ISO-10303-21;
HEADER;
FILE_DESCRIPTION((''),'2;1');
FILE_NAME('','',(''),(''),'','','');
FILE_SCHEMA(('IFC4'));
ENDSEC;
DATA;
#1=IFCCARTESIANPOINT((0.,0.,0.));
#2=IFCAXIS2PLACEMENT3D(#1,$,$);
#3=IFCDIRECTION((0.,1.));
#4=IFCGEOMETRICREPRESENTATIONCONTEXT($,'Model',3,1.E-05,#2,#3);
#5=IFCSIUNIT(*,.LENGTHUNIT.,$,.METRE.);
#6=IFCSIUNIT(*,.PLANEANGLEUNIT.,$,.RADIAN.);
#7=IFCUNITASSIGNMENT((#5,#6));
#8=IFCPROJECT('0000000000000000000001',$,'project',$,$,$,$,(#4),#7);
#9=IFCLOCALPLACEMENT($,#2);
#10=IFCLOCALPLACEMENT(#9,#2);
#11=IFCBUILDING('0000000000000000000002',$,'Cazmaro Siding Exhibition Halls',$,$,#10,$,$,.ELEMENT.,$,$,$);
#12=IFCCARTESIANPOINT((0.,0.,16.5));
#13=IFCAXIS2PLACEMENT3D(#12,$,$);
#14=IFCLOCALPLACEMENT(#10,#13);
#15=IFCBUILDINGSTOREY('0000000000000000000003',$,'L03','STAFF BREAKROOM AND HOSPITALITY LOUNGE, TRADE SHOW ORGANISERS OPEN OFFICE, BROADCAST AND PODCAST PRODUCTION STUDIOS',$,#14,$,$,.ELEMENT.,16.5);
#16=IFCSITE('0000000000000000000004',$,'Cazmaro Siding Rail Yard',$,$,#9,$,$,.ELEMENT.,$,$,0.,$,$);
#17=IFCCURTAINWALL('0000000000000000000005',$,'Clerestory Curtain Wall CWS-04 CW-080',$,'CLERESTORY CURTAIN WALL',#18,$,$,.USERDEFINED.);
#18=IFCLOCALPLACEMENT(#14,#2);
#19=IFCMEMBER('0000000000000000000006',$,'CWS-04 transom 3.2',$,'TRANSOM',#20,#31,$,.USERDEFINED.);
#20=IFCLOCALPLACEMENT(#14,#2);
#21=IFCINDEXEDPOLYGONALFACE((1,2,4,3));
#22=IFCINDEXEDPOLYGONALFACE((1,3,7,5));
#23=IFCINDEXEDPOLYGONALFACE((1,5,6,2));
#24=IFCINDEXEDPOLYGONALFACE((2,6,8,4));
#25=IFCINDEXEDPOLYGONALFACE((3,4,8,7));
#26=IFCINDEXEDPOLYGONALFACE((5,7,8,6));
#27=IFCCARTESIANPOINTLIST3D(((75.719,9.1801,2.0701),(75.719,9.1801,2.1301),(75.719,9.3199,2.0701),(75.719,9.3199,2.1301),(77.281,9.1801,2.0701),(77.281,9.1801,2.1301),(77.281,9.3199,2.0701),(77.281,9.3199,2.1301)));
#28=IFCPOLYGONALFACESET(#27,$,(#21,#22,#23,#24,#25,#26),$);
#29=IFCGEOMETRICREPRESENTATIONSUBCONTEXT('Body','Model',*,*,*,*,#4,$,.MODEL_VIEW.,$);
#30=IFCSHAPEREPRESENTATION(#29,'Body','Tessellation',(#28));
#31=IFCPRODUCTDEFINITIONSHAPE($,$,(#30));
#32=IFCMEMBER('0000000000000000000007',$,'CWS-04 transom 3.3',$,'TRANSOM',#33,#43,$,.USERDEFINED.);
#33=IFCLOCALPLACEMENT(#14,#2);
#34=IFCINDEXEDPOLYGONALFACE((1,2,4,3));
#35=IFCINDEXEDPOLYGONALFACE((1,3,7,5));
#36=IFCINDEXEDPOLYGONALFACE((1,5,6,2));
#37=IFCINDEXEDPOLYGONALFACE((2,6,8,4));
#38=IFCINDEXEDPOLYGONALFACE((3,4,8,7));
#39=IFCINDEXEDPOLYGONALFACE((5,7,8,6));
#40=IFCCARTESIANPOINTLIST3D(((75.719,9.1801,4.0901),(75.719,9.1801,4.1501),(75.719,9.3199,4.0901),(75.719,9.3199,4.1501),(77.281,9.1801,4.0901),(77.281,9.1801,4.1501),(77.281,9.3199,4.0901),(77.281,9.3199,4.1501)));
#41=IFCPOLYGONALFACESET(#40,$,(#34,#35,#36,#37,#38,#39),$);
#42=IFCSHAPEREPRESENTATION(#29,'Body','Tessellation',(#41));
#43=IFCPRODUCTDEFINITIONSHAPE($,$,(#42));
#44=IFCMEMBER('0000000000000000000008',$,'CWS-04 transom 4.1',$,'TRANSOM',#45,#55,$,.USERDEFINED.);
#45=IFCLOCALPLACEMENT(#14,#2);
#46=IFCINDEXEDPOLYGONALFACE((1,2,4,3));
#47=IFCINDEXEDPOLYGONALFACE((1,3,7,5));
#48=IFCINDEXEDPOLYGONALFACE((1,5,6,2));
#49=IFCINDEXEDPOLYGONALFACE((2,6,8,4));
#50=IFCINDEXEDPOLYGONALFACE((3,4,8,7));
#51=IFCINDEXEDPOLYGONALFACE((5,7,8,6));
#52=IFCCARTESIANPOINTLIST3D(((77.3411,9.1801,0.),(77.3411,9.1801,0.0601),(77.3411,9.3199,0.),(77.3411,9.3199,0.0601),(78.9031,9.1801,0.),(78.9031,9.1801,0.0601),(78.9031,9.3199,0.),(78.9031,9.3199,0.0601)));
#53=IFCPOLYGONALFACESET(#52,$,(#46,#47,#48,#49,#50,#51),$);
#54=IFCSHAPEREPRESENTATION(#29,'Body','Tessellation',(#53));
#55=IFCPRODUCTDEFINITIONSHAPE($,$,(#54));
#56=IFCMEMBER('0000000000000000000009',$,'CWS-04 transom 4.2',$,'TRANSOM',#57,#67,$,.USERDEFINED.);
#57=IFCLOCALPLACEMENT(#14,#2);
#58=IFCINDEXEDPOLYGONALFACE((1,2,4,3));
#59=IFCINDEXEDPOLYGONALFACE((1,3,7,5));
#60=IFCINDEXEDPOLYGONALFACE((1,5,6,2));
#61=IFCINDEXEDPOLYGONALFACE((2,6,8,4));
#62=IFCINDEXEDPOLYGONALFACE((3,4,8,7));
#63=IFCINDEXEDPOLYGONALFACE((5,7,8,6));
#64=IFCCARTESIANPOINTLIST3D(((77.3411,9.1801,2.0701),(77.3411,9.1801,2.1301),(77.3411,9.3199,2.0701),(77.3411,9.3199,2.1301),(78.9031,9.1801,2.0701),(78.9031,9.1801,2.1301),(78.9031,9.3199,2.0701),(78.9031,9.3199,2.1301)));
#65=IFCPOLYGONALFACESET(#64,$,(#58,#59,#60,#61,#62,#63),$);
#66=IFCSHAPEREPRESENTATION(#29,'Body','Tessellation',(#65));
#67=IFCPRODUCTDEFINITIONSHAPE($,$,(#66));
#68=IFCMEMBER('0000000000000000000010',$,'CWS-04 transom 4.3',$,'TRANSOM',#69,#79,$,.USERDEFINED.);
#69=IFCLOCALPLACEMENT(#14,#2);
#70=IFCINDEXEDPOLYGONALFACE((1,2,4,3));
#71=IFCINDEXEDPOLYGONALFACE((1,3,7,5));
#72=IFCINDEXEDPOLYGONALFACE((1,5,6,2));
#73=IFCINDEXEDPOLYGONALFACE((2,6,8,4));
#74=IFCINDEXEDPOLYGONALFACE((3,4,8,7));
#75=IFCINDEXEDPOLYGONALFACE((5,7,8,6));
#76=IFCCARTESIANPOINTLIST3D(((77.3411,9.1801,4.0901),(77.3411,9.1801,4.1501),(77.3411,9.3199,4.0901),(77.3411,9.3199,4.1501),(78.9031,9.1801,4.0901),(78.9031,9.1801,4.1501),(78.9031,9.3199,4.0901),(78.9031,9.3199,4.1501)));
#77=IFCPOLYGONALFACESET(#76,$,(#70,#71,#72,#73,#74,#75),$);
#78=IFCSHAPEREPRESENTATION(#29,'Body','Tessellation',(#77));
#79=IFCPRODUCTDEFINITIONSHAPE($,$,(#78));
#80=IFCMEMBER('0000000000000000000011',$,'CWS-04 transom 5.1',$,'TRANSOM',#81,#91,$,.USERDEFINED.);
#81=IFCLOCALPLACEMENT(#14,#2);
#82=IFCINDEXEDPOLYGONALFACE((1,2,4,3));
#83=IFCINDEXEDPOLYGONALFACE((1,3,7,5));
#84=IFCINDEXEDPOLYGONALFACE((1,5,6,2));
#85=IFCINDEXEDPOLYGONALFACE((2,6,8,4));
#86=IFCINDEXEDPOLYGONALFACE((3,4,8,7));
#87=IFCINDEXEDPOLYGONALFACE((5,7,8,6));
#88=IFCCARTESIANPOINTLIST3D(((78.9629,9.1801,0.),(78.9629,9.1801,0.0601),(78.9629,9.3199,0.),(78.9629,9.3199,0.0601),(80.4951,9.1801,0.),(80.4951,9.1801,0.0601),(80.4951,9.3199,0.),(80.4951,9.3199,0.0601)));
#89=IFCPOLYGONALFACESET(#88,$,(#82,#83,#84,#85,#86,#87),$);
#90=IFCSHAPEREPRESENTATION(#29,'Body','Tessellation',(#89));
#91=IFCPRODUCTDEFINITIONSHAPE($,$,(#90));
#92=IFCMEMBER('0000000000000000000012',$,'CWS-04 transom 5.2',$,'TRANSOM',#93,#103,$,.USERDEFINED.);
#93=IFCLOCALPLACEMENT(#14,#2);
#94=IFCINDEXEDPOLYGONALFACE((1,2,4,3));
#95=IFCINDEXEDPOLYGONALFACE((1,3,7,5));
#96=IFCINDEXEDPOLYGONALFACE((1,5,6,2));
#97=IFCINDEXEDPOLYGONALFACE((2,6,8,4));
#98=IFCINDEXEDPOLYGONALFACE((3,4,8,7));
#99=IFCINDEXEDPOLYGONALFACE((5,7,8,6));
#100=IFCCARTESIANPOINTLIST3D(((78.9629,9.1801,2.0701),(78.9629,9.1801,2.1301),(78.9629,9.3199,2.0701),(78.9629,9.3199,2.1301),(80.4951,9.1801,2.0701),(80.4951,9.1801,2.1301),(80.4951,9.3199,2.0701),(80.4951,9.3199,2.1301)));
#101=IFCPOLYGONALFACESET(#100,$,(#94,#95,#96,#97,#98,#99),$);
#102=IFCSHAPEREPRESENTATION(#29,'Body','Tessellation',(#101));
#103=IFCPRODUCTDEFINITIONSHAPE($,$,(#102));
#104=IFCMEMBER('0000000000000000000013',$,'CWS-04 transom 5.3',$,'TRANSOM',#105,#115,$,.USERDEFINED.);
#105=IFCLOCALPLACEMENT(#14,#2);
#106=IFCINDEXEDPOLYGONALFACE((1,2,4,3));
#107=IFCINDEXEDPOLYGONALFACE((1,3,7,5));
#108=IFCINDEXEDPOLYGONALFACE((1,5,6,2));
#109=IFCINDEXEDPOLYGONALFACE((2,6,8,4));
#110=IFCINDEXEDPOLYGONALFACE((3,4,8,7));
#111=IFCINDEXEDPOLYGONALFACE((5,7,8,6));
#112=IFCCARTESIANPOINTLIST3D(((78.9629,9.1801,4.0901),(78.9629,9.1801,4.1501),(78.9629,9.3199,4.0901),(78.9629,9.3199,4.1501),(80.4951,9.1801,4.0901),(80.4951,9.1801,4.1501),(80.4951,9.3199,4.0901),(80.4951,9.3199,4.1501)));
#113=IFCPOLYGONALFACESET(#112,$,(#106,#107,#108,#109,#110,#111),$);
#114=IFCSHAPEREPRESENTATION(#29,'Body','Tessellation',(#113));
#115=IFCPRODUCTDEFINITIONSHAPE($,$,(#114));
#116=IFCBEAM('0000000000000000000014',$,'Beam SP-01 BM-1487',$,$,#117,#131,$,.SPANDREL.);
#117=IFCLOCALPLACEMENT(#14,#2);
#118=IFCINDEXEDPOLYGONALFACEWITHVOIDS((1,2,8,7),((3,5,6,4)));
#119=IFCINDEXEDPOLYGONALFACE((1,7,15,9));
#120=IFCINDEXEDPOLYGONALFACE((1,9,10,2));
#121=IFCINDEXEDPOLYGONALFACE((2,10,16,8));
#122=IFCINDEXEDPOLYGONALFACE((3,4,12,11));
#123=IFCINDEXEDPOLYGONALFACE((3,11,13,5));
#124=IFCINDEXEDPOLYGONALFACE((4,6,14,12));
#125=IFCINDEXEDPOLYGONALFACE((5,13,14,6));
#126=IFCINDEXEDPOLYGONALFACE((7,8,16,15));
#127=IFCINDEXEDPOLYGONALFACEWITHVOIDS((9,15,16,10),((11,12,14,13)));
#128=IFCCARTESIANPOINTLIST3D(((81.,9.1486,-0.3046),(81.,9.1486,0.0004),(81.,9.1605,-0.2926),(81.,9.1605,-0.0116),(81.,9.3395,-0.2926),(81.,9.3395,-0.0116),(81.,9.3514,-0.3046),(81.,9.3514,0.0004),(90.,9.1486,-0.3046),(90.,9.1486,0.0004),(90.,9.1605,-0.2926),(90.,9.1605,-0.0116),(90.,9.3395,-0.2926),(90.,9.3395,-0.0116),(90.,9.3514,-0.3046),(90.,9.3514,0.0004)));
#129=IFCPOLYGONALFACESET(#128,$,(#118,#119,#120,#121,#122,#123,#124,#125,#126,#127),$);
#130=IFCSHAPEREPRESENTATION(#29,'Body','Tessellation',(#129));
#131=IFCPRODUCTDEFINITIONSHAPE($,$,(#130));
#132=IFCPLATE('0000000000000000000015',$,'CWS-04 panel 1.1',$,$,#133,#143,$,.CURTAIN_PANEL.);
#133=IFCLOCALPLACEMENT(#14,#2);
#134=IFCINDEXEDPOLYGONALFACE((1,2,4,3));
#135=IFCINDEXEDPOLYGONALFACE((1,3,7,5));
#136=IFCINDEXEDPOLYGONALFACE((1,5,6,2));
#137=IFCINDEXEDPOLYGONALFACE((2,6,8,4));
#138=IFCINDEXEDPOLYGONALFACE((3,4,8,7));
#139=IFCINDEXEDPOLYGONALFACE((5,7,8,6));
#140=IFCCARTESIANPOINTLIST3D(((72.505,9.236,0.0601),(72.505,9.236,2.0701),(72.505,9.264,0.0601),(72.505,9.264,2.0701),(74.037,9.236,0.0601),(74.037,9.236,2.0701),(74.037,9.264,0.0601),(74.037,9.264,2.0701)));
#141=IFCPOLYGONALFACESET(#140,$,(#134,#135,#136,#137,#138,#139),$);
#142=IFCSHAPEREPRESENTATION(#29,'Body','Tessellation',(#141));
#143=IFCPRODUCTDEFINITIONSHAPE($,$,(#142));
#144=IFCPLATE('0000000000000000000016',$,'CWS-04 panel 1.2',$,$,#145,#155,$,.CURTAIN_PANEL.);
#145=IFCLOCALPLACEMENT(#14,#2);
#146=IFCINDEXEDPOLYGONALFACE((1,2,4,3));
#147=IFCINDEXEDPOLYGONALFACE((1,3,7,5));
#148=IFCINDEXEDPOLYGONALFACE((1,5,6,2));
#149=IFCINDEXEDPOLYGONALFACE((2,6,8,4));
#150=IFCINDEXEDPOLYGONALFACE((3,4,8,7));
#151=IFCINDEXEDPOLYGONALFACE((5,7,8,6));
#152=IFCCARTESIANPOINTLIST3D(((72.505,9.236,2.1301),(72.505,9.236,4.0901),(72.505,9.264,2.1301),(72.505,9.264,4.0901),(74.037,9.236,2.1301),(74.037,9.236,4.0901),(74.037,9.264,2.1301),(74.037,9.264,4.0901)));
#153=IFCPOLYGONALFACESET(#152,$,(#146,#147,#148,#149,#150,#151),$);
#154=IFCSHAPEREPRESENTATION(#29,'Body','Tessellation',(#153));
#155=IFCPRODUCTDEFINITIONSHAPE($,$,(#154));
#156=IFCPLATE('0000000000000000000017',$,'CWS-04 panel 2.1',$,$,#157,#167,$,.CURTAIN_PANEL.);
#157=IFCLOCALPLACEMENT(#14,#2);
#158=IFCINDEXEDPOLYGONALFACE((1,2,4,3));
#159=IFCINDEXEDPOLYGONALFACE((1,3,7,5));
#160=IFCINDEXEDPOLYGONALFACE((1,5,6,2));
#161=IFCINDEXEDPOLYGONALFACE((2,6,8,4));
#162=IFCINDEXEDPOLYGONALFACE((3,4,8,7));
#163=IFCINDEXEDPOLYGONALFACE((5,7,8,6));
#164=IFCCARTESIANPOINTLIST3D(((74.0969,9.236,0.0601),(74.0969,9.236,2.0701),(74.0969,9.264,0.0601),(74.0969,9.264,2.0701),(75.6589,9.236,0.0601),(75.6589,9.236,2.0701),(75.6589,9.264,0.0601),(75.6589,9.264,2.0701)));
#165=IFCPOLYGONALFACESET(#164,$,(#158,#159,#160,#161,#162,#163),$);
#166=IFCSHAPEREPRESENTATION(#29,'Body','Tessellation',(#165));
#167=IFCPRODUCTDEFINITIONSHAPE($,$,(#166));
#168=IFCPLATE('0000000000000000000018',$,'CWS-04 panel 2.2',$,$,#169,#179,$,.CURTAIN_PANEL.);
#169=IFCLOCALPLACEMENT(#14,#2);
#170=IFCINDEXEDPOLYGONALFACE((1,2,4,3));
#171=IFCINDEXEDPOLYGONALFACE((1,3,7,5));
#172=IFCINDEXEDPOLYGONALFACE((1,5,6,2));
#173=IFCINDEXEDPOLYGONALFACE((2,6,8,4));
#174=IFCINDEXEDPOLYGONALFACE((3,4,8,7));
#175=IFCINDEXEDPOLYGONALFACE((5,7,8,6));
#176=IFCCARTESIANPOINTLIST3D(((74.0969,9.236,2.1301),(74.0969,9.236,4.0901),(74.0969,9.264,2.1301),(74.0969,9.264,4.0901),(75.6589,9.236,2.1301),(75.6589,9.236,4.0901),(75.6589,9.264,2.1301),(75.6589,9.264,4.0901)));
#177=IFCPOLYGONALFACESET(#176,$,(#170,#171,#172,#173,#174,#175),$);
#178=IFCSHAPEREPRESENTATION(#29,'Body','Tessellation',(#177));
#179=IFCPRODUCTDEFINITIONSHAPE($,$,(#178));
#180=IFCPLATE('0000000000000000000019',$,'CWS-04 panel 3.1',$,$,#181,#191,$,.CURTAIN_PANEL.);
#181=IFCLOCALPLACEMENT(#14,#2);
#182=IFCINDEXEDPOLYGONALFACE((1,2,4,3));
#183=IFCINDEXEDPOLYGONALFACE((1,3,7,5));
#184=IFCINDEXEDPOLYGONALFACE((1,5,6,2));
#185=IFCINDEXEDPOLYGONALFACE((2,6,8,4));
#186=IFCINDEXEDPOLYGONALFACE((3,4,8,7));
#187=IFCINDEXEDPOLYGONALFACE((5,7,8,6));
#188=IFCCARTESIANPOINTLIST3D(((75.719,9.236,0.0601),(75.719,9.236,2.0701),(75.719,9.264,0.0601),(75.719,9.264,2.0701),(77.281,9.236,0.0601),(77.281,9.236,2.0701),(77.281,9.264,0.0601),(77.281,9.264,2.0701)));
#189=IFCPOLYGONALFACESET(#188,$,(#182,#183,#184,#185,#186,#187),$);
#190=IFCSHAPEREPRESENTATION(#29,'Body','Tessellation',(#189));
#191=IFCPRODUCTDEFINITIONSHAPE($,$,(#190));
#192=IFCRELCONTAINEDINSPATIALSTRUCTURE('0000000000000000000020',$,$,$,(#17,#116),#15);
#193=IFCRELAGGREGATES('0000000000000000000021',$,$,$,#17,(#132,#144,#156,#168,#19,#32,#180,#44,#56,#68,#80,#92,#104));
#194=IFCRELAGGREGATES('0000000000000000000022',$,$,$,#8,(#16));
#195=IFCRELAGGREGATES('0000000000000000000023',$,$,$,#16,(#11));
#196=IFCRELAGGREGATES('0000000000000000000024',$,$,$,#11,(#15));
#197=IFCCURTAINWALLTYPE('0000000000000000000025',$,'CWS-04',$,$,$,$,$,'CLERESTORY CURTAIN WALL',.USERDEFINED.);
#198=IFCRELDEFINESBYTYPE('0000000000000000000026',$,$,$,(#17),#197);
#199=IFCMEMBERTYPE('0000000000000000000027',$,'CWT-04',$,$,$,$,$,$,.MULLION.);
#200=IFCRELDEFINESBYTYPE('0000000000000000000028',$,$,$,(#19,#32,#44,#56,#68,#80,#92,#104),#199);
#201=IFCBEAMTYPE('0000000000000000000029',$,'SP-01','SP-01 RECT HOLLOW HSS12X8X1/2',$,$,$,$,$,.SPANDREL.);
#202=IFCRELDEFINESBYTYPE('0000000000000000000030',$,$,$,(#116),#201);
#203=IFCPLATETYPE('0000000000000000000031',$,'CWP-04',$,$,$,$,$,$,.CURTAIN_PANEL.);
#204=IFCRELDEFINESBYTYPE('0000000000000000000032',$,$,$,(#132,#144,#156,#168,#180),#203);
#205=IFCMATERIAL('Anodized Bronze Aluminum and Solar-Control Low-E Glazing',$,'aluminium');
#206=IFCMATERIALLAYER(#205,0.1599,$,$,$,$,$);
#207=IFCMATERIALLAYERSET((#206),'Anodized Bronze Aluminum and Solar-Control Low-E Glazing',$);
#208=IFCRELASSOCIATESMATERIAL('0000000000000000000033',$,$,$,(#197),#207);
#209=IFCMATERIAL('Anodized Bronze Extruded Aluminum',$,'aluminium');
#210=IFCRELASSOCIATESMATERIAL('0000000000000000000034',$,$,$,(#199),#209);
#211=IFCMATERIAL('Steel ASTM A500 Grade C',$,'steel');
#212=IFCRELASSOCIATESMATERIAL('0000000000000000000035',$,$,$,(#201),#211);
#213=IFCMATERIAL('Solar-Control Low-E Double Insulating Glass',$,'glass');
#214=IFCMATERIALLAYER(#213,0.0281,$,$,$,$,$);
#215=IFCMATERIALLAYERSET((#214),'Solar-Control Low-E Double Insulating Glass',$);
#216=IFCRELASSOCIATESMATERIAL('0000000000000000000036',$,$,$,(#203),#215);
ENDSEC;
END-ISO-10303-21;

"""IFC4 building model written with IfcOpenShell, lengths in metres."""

from ifc_helpers import new_model, si_unit, direction, frame, origin, origin_2d, place, context, subcontext, project, spatial, rectangle, hollow_rectangle, extrude, material, layer, layer_set, material_profile, profile_set, type_object, element, aggregate, save


model = new_model("IFC4")

# Units and contexts
model_context = context("Model", 3, precision=1e-05, world=origin(), true_north=direction((0.0, 1.0)))
body_context = subcontext(model_context, "Body", "Model", "MODEL_VIEW")
ifc_project = project(units=[si_unit("LENGTHUNIT", "METRE"), si_unit("PLANEANGLEUNIT", "RADIAN")], contexts=[model_context])

# Site, building, storey
site_placement = place(None, origin())
site = spatial("IfcSite", under=ifc_project, at=site_placement, Name="Cazmaro Siding Rail Yard", CompositionType="ELEMENT", RefElevation=0.0)
building_placement = place(site_placement, origin())
building = spatial("IfcBuilding", under=site, at=building_placement, Name="Cazmaro Siding Exhibition Halls", CompositionType="ELEMENT")
storey_placement = place(building_placement, frame((0.0, 0.0, 16.5)))
storey = spatial("IfcBuildingStorey", under=building, at=storey_placement, Name="L03", Description="STAFF BREAKROOM AND HOSPITALITY LOUNGE, TRADE SHOW ORGANISERS OPEN OFFICE, BROADCAST AND PODCAST PRODUCTION STUDIOS", CompositionType="ELEMENT", Elevation=16.5)

# Curtain wall, members
ifc_material_1 = material(Name="Anodized Bronze Aluminum and Solar-Control Low-E Glazing", Category="aluminium")
ifc_layer_1 = layer(ifc_material_1, 0.1599)
ifc_layer_set_1 = layer_set([ifc_layer_1], Name="Anodized Bronze Aluminum and Solar-Control Low-E Glazing")
curtain_wall_type = type_object("IfcCurtainWallType", Name="CWS-04", ElementType="CLERESTORY CURTAIN WALL", PredefinedType="USERDEFINED", material=ifc_layer_set_1)
curtain_wall_placement = place(storey_placement, origin())
curtain_wall = element("IfcCurtainWall", 1, at=curtain_wall_placement, inside=storey, type_object=curtain_wall_type, Name="Clerestory Curtain Wall CWS-04 CW-080", ObjectType="CLERESTORY CURTAIN WALL", PredefinedType="USERDEFINED")
ifc_material_2 = material(Name="Anodized Bronze Extruded Aluminum", Category="aluminium")
ifc_material_profile_1 = material_profile(ifc_material_2, rectangle(XDim=0.1399, YDim=0.0601, at=origin_2d()), Name="CWT-04")
ifc_profile_set_1 = profile_set([ifc_material_profile_1], Name="Anodized Bronze Extruded Aluminum")
member_type_1 = type_object("IfcMemberType", Name="CWT-04", PredefinedType="MULLION", material=ifc_profile_set_1)
member_1_placement = place(storey_placement, frame((75.719, 9.25, 2.1001), z_axis=(1.0, 0.0, 0.0), x_axis=(0.0, 1.0, 0.0)))
member_1 = element("IfcMember", 2, at=member_1_placement, type_object=member_type_1, Name="CWS-04 transom 3.2", ObjectType="TRANSOM", PredefinedType="USERDEFINED", context=body_context, shape_type="SweptSolid", body=[
    extrude(rectangle(XDim=0.1399, YDim=0.0601, at=origin_2d()), origin(), (0.0, 0.0, 1.0), 1.562),
])
member_2_placement = place(storey_placement, frame((75.719, 9.25, 4.1201), z_axis=(1.0, 0.0, 0.0), x_axis=(0.0, 1.0, 0.0)))
member_2 = element("IfcMember", 3, at=member_2_placement, type_object=member_type_1, Name="CWS-04 transom 3.3", ObjectType="TRANSOM", PredefinedType="USERDEFINED", context=body_context, shape_type="SweptSolid", body=[
    extrude(rectangle(XDim=0.1399, YDim=0.0601, at=origin_2d()), origin(), (0.0, 0.0, 1.0), 1.562),
])
member_3_placement = place(storey_placement, frame((77.3411, 9.25, 0.03), z_axis=(1.0, 0.0, 0.0), x_axis=(0.0, 1.0, 0.0)))
member_3 = element("IfcMember", 4, at=member_3_placement, type_object=member_type_1, Name="CWS-04 transom 4.1", ObjectType="TRANSOM", PredefinedType="USERDEFINED", context=body_context, shape_type="SweptSolid", body=[
    extrude(rectangle(XDim=0.1399, YDim=0.0601, at=origin_2d()), origin(), (0.0, 0.0, 1.0), 1.562),
])
member_4_placement = place(storey_placement, frame((77.3411, 9.25, 2.1001), z_axis=(1.0, 0.0, 0.0), x_axis=(0.0, 1.0, 0.0)))
member_4 = element("IfcMember", 5, at=member_4_placement, type_object=member_type_1, Name="CWS-04 transom 4.2", ObjectType="TRANSOM", PredefinedType="USERDEFINED", context=body_context, shape_type="SweptSolid", body=[
    extrude(rectangle(XDim=0.1399, YDim=0.0601, at=origin_2d()), origin(), (0.0, 0.0, 1.0), 1.562),
])
member_5_placement = place(storey_placement, frame((77.3411, 9.25, 4.1201), z_axis=(1.0, 0.0, 0.0), x_axis=(0.0, 1.0, 0.0)))
member_5 = element("IfcMember", 6, at=member_5_placement, type_object=member_type_1, Name="CWS-04 transom 4.3", ObjectType="TRANSOM", PredefinedType="USERDEFINED", context=body_context, shape_type="SweptSolid", body=[
    extrude(rectangle(XDim=0.1399, YDim=0.0601, at=origin_2d()), origin(), (0.0, 0.0, 1.0), 1.562),
])
member_6_placement = place(storey_placement, frame((78.9629, 9.25, 0.03), z_axis=(1.0, 0.0, 0.0), x_axis=(0.0, 1.0, 0.0)))
member_6 = element("IfcMember", 7, at=member_6_placement, type_object=member_type_1, Name="CWS-04 transom 5.1", ObjectType="TRANSOM", PredefinedType="USERDEFINED", context=body_context, shape_type="SweptSolid", body=[
    extrude(rectangle(XDim=0.1399, YDim=0.0601, at=origin_2d()), origin(), (0.0, 0.0, 1.0), 1.5322),
])
member_7_placement = place(storey_placement, frame((78.9629, 9.25, 2.1001), z_axis=(1.0, 0.0, 0.0), x_axis=(0.0, 1.0, 0.0)))
member_7 = element("IfcMember", 8, at=member_7_placement, type_object=member_type_1, Name="CWS-04 transom 5.2", ObjectType="TRANSOM", PredefinedType="USERDEFINED", context=body_context, shape_type="SweptSolid", body=[
    extrude(rectangle(XDim=0.1399, YDim=0.0601, at=origin_2d()), origin(), (0.0, 0.0, 1.0), 1.5322),
])
member_8_placement = place(storey_placement, frame((78.9629, 9.25, 4.1201), z_axis=(1.0, 0.0, 0.0), x_axis=(0.0, 1.0, 0.0)))
member_8 = element("IfcMember", 9, at=member_8_placement, type_object=member_type_1, Name="CWS-04 transom 5.3", ObjectType="TRANSOM", PredefinedType="USERDEFINED", context=body_context, shape_type="SweptSolid", body=[
    extrude(rectangle(XDim=0.1399, YDim=0.0601, at=origin_2d()), origin(), (0.0, 0.0, 1.0), 1.5322),
])

# Beam
ifc_material_3 = material(Name="Steel ASTM A500 Grade C", Category="steel")
ifc_material_profile_2 = material_profile(ifc_material_3, hollow_rectangle(XDim=0.2029, YDim=0.3049, WallThickness=0.012, at=origin_2d()), Name="HSS12X8X1/2")
ifc_profile_set_2 = profile_set([ifc_material_profile_2], Name="Steel ASTM A500 Grade C")
beam_type = type_object("IfcBeamType", Name="SP-01", Description="SP-01 RECT HOLLOW HSS12X8X1/2", PredefinedType="SPANDREL", material=ifc_profile_set_2)
beam_placement = place(storey_placement, frame((81.0, 9.25, -0.1521), z_axis=(1.0, 0.0, 0.0), x_axis=(0.0, 1.0, 0.0)))
element("IfcBeam", 10, at=beam_placement, inside=storey, type_object=beam_type, Name="Beam SP-01 BM-1487", PredefinedType="SPANDREL", context=body_context, shape_type="SweptSolid", body=[
    extrude(hollow_rectangle(XDim=0.2029, YDim=0.3049, WallThickness=0.012, at=origin_2d()), origin(), (0.0, 0.0, 1.0), 9.0),
])

# Plates
ifc_material_4 = material(Name="Solar-Control Low-E Double Insulating Glass", Category="glass")
ifc_layer_2 = layer(ifc_material_4, 0.0281)
ifc_layer_set_2 = layer_set([ifc_layer_2], Name="Solar-Control Low-E Double Insulating Glass")
plate_type = type_object("IfcPlateType", Name="CWP-04", PredefinedType="CURTAIN_PANEL", material=ifc_layer_set_2)
plate_1_placement = place(storey_placement, frame((73.271, 9.25, 0.0601), z_axis=(0.0, 0.0, 1.0), x_axis=(1.0, 0.0, 0.0)))
plate_1 = element("IfcPlate", 11, at=plate_1_placement, type_object=plate_type, Name="CWS-04 panel 1.1", PredefinedType="CURTAIN_PANEL", context=body_context, shape_type="SweptSolid", body=[
    extrude(rectangle(XDim=1.532, YDim=0.0281, at=origin_2d()), origin(), (0.0, 0.0, 1.0), 2.01),
])
plate_2_placement = place(storey_placement, frame((73.271, 9.25, 2.1301), z_axis=(0.0, 0.0, 1.0), x_axis=(1.0, 0.0, 0.0)))
plate_2 = element("IfcPlate", 12, at=plate_2_placement, type_object=plate_type, Name="CWS-04 panel 1.2", PredefinedType="CURTAIN_PANEL", context=body_context, shape_type="SweptSolid", body=[
    extrude(rectangle(XDim=1.532, YDim=0.0281, at=origin_2d()), origin(), (0.0, 0.0, 1.0), 1.96),
])
plate_3_placement = place(storey_placement, frame((74.8779, 9.25, 0.0601), z_axis=(0.0, 0.0, 1.0), x_axis=(1.0, 0.0, 0.0)))
plate_3 = element("IfcPlate", 13, at=plate_3_placement, type_object=plate_type, Name="CWS-04 panel 2.1", PredefinedType="CURTAIN_PANEL", context=body_context, shape_type="SweptSolid", body=[
    extrude(rectangle(XDim=1.562, YDim=0.0281, at=origin_2d()), origin(), (0.0, 0.0, 1.0), 2.01),
])
plate_4_placement = place(storey_placement, frame((74.8779, 9.25, 2.1301), z_axis=(0.0, 0.0, 1.0), x_axis=(1.0, 0.0, 0.0)))
plate_4 = element("IfcPlate", 14, at=plate_4_placement, type_object=plate_type, Name="CWS-04 panel 2.2", PredefinedType="CURTAIN_PANEL", context=body_context, shape_type="SweptSolid", body=[
    extrude(rectangle(XDim=1.562, YDim=0.0281, at=origin_2d()), origin(), (0.0, 0.0, 1.0), 1.96),
])
plate_5_placement = place(storey_placement, frame((76.5, 9.25, 0.0601), z_axis=(0.0, 0.0, 1.0), x_axis=(1.0, 0.0, 0.0)))
plate_5 = element("IfcPlate", 15, at=plate_5_placement, type_object=plate_type, Name="CWS-04 panel 3.1", PredefinedType="CURTAIN_PANEL", context=body_context, shape_type="SweptSolid", body=[
    extrude(rectangle(XDim=1.562, YDim=0.0281, at=origin_2d()), origin(), (0.0, 0.0, 1.0), 2.01),
])
aggregate(curtain_wall, [plate_1, plate_2, plate_3, plate_4, member_1, member_2, plate_5, member_3, member_4, member_5, member_6, member_7, member_8])

save(model, "model.ifc")
